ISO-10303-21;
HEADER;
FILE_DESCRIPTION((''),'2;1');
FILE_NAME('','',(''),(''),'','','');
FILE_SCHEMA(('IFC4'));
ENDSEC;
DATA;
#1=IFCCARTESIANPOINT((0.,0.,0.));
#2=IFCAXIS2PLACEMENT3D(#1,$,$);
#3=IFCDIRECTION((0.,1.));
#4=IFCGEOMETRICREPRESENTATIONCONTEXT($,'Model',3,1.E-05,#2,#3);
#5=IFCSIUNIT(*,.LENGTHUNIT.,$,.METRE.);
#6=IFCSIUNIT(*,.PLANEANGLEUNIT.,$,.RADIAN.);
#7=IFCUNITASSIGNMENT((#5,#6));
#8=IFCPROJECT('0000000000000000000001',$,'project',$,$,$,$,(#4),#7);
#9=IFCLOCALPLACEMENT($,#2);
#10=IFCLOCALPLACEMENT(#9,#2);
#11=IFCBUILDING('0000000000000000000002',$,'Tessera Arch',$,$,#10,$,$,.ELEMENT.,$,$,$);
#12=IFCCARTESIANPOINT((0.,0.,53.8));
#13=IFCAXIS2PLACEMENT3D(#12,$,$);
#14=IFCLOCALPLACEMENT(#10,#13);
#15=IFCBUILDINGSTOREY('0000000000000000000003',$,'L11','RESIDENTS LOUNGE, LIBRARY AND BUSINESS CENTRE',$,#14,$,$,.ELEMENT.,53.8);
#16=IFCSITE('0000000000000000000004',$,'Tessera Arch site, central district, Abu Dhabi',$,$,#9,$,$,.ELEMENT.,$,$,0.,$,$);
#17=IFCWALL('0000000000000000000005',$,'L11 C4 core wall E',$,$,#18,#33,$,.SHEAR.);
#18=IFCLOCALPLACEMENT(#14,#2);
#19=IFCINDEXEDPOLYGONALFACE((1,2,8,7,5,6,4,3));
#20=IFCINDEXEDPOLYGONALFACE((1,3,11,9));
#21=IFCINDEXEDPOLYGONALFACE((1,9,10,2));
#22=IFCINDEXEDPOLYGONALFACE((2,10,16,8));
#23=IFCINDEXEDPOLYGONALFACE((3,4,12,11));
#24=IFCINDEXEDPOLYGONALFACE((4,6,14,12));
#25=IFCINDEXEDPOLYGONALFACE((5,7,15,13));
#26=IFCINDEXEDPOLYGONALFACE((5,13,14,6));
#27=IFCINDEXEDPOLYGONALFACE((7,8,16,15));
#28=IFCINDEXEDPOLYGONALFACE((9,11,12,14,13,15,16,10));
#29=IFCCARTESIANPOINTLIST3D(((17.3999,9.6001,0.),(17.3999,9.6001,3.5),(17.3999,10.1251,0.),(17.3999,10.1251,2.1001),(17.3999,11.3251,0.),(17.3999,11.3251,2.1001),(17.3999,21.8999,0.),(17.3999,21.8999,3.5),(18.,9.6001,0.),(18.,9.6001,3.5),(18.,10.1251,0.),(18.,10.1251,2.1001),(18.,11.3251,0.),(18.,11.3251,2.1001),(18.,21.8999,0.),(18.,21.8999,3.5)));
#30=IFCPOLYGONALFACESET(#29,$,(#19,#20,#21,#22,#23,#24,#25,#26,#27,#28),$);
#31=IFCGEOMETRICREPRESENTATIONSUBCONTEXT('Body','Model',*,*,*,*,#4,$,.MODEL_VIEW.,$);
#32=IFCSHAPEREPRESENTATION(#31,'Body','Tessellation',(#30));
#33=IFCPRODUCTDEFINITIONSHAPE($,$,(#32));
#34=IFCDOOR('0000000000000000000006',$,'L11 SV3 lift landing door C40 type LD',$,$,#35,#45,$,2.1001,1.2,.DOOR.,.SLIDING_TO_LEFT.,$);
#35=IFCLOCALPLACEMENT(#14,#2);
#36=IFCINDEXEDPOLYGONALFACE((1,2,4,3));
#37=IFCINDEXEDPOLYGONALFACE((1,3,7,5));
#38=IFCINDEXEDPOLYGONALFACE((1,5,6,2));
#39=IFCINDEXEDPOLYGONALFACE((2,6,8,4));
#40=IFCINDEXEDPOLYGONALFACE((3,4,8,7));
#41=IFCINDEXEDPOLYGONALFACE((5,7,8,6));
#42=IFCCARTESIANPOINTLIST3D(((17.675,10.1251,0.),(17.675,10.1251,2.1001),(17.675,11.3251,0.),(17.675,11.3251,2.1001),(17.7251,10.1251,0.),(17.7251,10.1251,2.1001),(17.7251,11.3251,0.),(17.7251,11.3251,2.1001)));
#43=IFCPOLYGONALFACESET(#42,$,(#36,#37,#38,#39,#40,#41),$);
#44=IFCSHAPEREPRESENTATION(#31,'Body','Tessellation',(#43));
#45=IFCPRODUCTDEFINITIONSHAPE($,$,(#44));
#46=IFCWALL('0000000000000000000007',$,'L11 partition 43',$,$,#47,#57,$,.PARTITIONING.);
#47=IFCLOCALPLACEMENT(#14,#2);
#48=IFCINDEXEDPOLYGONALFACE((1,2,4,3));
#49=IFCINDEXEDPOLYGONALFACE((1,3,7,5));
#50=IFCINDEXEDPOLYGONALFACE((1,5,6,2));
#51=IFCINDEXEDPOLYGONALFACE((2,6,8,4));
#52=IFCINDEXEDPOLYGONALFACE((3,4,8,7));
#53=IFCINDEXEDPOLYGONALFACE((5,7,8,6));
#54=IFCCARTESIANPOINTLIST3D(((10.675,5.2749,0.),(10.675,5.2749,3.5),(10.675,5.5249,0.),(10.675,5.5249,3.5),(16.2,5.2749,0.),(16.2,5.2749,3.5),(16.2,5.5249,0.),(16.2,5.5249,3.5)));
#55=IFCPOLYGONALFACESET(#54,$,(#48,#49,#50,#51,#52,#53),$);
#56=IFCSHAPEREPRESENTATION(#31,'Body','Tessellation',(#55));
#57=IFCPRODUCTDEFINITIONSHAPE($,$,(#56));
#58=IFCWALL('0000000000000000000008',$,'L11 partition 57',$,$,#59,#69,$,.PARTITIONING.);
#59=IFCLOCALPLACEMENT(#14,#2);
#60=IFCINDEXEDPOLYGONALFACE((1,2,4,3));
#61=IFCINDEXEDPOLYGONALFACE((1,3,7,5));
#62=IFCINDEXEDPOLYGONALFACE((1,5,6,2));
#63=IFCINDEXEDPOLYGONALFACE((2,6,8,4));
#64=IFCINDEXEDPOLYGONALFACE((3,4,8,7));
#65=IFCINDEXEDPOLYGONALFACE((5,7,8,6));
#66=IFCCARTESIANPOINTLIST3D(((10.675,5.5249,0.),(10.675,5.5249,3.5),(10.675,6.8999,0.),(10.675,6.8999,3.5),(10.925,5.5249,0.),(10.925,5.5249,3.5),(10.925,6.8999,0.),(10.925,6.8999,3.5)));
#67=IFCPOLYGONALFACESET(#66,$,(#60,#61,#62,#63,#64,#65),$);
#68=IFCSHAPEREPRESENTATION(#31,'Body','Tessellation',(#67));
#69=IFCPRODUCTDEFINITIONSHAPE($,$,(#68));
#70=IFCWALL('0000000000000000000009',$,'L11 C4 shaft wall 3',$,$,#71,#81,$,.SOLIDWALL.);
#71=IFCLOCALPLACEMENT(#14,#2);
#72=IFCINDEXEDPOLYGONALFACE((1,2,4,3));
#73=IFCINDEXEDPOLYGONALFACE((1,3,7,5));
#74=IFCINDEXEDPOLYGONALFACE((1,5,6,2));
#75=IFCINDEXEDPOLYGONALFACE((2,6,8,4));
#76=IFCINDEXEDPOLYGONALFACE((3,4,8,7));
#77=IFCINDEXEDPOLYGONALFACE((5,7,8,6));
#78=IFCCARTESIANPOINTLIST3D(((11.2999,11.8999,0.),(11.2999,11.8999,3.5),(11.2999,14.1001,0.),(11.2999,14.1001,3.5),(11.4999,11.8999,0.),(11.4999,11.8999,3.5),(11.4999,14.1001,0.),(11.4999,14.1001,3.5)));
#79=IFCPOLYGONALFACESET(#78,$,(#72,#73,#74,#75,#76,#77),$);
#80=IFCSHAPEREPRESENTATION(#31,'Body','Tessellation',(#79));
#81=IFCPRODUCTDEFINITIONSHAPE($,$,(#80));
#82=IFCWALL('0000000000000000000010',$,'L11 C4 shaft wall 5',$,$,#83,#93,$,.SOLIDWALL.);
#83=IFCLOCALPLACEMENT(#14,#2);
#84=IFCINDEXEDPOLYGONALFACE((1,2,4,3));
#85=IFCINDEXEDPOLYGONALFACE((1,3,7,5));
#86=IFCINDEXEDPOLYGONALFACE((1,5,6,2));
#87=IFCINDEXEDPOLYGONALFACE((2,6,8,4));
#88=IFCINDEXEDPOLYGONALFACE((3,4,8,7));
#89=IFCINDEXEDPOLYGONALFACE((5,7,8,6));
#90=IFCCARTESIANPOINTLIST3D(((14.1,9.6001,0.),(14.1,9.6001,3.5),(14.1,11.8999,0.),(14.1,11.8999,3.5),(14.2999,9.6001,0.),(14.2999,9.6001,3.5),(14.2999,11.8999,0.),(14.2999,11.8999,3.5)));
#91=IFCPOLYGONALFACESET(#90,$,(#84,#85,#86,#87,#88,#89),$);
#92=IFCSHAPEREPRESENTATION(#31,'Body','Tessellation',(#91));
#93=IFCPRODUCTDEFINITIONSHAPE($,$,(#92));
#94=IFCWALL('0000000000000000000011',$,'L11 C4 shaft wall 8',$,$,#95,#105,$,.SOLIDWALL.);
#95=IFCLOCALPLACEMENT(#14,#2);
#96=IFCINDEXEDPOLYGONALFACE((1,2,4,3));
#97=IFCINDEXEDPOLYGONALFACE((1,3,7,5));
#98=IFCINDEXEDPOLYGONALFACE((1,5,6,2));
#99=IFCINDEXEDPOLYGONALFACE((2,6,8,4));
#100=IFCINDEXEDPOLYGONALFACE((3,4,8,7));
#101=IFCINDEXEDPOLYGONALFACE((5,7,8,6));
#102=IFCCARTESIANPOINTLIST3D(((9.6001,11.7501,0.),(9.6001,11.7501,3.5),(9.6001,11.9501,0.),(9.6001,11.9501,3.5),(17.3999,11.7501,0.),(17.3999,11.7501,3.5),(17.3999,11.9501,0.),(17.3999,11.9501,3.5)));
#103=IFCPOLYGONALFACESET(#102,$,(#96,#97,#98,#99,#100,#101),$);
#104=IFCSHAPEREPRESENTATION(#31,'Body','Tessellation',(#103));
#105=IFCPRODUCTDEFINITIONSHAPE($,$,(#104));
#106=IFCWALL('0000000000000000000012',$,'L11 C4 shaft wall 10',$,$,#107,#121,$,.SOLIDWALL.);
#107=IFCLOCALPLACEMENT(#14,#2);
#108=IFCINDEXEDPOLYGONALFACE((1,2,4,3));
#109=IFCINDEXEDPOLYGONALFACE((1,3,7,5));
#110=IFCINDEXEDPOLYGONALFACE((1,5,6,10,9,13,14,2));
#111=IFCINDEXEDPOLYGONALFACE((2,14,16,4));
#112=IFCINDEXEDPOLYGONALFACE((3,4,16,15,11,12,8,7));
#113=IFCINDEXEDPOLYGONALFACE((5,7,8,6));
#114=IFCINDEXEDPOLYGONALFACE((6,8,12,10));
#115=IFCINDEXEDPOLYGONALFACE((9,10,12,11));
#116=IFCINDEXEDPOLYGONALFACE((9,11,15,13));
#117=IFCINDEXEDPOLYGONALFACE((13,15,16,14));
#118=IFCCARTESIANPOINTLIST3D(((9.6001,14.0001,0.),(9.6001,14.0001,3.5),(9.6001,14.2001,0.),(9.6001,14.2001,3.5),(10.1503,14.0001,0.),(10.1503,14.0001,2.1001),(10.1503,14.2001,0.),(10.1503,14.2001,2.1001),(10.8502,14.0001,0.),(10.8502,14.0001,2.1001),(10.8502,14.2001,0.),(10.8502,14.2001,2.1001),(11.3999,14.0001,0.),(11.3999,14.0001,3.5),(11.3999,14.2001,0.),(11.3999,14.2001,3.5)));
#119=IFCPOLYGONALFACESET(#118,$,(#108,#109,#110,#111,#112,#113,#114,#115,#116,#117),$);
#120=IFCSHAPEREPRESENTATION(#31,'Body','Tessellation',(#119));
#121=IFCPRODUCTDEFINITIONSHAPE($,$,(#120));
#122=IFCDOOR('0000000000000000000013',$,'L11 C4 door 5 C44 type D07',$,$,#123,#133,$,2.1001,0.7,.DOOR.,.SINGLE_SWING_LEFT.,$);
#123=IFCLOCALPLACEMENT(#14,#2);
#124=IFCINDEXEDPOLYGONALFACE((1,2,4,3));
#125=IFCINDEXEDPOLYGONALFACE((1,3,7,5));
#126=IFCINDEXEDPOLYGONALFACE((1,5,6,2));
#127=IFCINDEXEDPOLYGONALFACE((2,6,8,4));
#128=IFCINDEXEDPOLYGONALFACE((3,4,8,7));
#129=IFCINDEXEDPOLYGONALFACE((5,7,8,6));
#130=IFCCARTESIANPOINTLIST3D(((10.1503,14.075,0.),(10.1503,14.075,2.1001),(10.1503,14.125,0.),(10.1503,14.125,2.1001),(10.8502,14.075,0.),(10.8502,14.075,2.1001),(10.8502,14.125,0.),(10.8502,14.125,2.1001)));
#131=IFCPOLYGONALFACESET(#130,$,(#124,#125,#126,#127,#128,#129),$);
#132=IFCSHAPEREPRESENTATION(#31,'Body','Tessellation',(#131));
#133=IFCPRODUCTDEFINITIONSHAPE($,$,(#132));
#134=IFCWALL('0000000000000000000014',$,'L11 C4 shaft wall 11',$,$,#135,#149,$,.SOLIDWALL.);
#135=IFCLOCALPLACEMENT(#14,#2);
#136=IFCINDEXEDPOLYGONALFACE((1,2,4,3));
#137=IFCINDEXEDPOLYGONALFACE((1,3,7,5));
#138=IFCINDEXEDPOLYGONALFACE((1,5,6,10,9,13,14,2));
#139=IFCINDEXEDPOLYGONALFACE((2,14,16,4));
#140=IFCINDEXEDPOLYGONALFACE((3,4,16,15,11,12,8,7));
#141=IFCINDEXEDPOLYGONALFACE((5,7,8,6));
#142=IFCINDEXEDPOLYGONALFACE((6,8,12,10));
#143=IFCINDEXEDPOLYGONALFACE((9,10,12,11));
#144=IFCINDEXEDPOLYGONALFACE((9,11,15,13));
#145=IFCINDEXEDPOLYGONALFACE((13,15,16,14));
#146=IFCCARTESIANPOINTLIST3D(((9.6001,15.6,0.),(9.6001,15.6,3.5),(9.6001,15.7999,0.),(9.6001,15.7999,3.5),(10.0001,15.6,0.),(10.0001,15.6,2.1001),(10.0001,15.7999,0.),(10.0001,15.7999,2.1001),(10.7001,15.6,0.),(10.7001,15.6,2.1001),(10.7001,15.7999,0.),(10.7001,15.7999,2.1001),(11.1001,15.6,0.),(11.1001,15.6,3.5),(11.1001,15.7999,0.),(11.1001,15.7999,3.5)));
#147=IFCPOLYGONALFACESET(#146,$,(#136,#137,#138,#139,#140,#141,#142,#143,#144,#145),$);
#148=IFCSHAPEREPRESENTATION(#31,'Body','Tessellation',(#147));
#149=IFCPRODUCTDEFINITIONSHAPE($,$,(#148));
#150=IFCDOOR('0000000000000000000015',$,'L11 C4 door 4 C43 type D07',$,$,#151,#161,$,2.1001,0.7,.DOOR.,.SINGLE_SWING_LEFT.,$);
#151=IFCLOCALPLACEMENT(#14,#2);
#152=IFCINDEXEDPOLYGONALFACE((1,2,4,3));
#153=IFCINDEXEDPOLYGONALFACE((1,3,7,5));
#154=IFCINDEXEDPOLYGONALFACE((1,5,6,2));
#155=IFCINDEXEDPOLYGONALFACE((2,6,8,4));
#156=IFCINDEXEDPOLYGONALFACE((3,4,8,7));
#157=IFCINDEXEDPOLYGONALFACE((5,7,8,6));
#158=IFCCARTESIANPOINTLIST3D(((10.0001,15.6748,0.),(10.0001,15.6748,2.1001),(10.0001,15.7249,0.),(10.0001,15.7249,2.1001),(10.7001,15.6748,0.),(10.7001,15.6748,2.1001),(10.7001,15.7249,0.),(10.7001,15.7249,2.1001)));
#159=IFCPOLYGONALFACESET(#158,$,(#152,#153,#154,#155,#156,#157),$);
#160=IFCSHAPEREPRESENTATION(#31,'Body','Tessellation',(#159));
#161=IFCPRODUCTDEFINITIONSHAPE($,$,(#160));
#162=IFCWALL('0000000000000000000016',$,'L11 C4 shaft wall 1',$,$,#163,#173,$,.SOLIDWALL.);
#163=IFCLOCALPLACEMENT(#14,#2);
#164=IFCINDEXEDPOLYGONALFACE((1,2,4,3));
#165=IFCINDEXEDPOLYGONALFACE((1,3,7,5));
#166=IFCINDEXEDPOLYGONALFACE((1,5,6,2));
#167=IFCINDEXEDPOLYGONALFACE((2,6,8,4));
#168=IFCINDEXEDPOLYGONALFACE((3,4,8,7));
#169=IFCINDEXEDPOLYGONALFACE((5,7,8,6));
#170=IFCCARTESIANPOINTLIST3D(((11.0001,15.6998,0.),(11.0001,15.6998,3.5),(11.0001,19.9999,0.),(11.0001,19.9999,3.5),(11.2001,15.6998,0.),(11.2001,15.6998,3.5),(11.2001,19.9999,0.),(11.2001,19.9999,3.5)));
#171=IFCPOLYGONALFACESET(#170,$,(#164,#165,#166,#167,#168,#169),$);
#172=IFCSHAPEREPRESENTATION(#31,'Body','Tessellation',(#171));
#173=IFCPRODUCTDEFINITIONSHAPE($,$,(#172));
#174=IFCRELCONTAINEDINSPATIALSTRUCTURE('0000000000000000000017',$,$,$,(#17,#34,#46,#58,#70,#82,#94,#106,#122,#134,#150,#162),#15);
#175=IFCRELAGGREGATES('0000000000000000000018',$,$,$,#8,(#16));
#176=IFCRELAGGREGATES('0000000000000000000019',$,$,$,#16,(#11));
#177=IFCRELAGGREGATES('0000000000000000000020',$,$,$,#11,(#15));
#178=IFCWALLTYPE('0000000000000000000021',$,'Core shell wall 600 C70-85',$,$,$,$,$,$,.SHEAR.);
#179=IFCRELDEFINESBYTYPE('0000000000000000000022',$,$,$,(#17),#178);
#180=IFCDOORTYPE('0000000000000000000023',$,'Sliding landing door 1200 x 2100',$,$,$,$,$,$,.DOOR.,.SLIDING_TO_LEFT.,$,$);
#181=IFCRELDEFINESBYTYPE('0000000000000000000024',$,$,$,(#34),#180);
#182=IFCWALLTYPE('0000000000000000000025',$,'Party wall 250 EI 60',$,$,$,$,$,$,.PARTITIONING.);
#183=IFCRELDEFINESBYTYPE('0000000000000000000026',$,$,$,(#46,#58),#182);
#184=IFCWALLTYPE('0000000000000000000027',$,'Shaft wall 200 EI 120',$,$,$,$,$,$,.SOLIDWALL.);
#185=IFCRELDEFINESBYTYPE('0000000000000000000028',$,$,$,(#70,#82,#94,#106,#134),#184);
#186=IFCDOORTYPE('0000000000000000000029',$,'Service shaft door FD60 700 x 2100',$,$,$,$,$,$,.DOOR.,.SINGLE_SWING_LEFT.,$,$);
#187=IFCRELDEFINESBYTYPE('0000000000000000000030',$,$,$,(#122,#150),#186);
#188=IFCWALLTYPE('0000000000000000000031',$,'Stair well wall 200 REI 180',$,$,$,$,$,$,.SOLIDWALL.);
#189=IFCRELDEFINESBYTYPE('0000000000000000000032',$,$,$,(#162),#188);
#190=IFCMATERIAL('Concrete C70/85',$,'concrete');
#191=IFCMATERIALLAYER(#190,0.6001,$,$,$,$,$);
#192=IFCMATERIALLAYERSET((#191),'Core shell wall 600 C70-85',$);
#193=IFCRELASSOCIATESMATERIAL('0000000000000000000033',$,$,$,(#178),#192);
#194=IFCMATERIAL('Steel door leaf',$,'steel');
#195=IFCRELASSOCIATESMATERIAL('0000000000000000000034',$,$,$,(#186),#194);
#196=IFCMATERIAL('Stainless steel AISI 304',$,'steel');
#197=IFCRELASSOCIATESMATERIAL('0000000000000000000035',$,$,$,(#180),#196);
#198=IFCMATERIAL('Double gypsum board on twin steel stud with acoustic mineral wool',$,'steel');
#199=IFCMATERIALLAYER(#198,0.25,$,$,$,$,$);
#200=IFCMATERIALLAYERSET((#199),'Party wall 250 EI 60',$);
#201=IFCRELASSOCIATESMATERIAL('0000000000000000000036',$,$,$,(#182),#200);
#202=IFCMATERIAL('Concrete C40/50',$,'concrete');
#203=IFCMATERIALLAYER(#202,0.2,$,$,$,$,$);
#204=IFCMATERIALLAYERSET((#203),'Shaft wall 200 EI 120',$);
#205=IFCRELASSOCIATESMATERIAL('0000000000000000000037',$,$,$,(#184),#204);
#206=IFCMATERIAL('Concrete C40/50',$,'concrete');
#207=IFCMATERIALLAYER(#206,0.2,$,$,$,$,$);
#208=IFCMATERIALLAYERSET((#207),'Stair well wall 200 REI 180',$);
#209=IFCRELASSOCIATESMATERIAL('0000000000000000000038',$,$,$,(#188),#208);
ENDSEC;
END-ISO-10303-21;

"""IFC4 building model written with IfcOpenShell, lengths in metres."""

from ifc_helpers import new_model, si_unit, direction, frame, frame_2d, origin, place, context, subcontext, project, spatial, rectangle, extrude, material, layer, layer_set, type_object, element, fill, save


model = new_model("IFC4")

# Units and contexts
model_context = context("Model", 3, precision=1e-05, world=origin(), true_north=direction((0.0, 1.0)))
body_context = subcontext(model_context, "Body", "Model", "MODEL_VIEW")
ifc_project = project(units=[si_unit("LENGTHUNIT", "METRE"), si_unit("PLANEANGLEUNIT", "RADIAN")], contexts=[model_context])

# Site, building, storey
site_placement = place(None, origin())
site = spatial("IfcSite", under=ifc_project, at=site_placement, Name="Tessera Arch site, central district, Abu Dhabi", CompositionType="ELEMENT", RefElevation=0.0)
building_placement = place(site_placement, origin())
building = spatial("IfcBuilding", under=site, at=building_placement, Name="Tessera Arch", CompositionType="ELEMENT")
storey_placement = place(building_placement, frame((0.0, 0.0, 53.8)))
storey = spatial("IfcBuildingStorey", under=building, at=storey_placement, Name="L11", Description="RESIDENTS LOUNGE, LIBRARY AND BUSINESS CENTRE", CompositionType="ELEMENT", Elevation=53.8)

# Shared definitions
ifc_material_1 = material(Name="Concrete C70/85", Category="concrete")
ifc_layer_1 = layer(ifc_material_1, 0.6001)
ifc_layer_set_1 = layer_set([ifc_layer_1], Name="Core shell wall 600 C70-85")
wall_type_1 = type_object("IfcWallType", Name="Core shell wall 600 C70-85", PredefinedType="SHEAR", material=ifc_layer_set_1)

# Shared definitions
ifc_material_2 = material(Name="Steel door leaf", Category="steel")
door_type_1 = type_object("IfcDoorType", Name="Service shaft door FD60 700 x 2100", OperationType="SINGLE_SWING_LEFT", PredefinedType="DOOR", material=ifc_material_2)

# Wall, opening, door
wall_1_placement = place(storey_placement, frame((17.7, 9.6001, 0.0), z_axis=(0.0, 0.0, 1.0), x_axis=(0.0, 1.0, 0.0)))
wall_1 = element("IfcWall", 1, at=wall_1_placement, inside=storey, type_object=wall_type_1, Name="L11 C4 core wall E", PredefinedType="SHEAR", context=body_context, shape_type="SweptSolid", body=[
    extrude(rectangle(XDim=12.2998, YDim=0.6001, at=frame_2d((6.1499, 0.0))), origin(), (0.0, 0.0, 1.0), 3.5),
])
opening_1_placement = place(wall_1_placement, frame((0.5249, 0.0, 0.0)))
opening_1 = element("IfcOpeningElement", 2, at=opening_1_placement, cuts=wall_1, PredefinedType="OPENING", context=body_context, shape_type="SweptSolid", body=[
    extrude(rectangle(XDim=1.2, YDim=2.1001, at=frame_2d((0.6001, 1.05))), frame((0.0, 0.3101, 0.0), z_axis=(0.0, -1.0, 0.0), x_axis=(1.0, 0.0, 0.0)), (0.0, 0.0, 1.0), 0.6201),
])
ifc_material_3 = material(Name="Stainless steel AISI 304", Category="steel")
door_type_2 = type_object("IfcDoorType", Name="Sliding landing door 1200 x 2100", OperationType="SLIDING_TO_LEFT", PredefinedType="DOOR", material=ifc_material_3)
door_1_placement = place(opening_1_placement, origin())
door_1 = element("IfcDoor", 3, at=door_1_placement, inside=storey, type_object=door_type_2, Name="L11 SV3 lift landing door C40 type LD", OperationType="SLIDING_TO_LEFT", OverallHeight=2.1001, OverallWidth=1.2, PredefinedType="DOOR", context=body_context, shape_type="SweptSolid", body=[
    extrude(rectangle(XDim=1.2, YDim=2.1001, at=frame_2d((0.6001, 1.05))), frame((0.0, 0.0249, 0.0), z_axis=(0.0, -1.0, 0.0), x_axis=(1.0, 0.0, 0.0)), (0.0, 0.0, 1.0), 0.05),
])
fill(opening_1, door_1)

# Walls
ifc_material_4 = material(Name="Double gypsum board on twin steel stud with acoustic mineral wool", Category="steel")
ifc_layer_2 = layer(ifc_material_4, 0.25)
ifc_layer_set_2 = layer_set([ifc_layer_2], Name="Party wall 250 EI 60")
wall_type_2 = type_object("IfcWallType", Name="Party wall 250 EI 60", PredefinedType="PARTITIONING", material=ifc_layer_set_2)
wall_2_placement = place(storey_placement, frame((10.675, 5.3999, 0.0), z_axis=(0.0, 0.0, 1.0), x_axis=(1.0, 0.0, 0.0)))
element("IfcWall", 4, at=wall_2_placement, inside=storey, type_object=wall_type_2, Name="L11 partition 43", PredefinedType="PARTITIONING", context=body_context, shape_type="SweptSolid", body=[
    extrude(rectangle(XDim=5.5249, YDim=0.25, at=frame_2d((2.7625, 0.0))), origin(), (0.0, 0.0, 1.0), 3.5),
])
wall_3_placement = place(storey_placement, frame((10.8, 5.5249, 0.0), z_axis=(0.0, 0.0, 1.0), x_axis=(0.0, 1.0, 0.0)))
element("IfcWall", 5, at=wall_3_placement, inside=storey, type_object=wall_type_2, Name="L11 partition 57", PredefinedType="PARTITIONING", context=body_context, shape_type="SweptSolid", body=[
    extrude(rectangle(XDim=1.375, YDim=0.25, at=frame_2d((0.6875, 0.0))), origin(), (0.0, 0.0, 1.0), 3.5),
])
ifc_material_5 = material(Name="Concrete C40/50", Category="concrete")
ifc_layer_3 = layer(ifc_material_5, 0.2)
ifc_layer_set_3 = layer_set([ifc_layer_3], Name="Shaft wall 200 EI 120")
wall_type_3 = type_object("IfcWallType", Name="Shaft wall 200 EI 120", PredefinedType="SOLIDWALL", material=ifc_layer_set_3)
wall_4_placement = place(storey_placement, frame((11.3999, 11.8999, 0.0), z_axis=(0.0, 0.0, 1.0), x_axis=(0.0, 1.0, 0.0)))
element("IfcWall", 6, at=wall_4_placement, inside=storey, type_object=wall_type_3, Name="L11 C4 shaft wall 3", PredefinedType="SOLIDWALL", context=body_context, shape_type="SweptSolid", body=[
    extrude(rectangle(XDim=2.2002, YDim=0.2, at=frame_2d((1.1001, 0.0))), origin(), (0.0, 0.0, 1.0), 3.5),
])
wall_5_placement = place(storey_placement, frame((14.2, 9.6001, 0.0), z_axis=(0.0, 0.0, 1.0), x_axis=(0.0, 1.0, 0.0)))
element("IfcWall", 7, at=wall_5_placement, inside=storey, type_object=wall_type_3, Name="L11 C4 shaft wall 5", PredefinedType="SOLIDWALL", context=body_context, shape_type="SweptSolid", body=[
    extrude(rectangle(XDim=2.2998, YDim=0.2, at=frame_2d((1.1499, 0.0))), origin(), (0.0, 0.0, 1.0), 3.5),
])
wall_6_placement = place(storey_placement, frame((9.6001, 11.8501, 0.0), z_axis=(0.0, 0.0, 1.0), x_axis=(1.0, 0.0, 0.0)))
element("IfcWall", 8, at=wall_6_placement, inside=storey, type_object=wall_type_3, Name="L11 C4 shaft wall 8", PredefinedType="SOLIDWALL", context=body_context, shape_type="SweptSolid", body=[
    extrude(rectangle(XDim=7.7998, YDim=0.2, at=frame_2d((3.8999, 0.0))), origin(), (0.0, 0.0, 1.0), 3.5),
])

# Walls, openings, doors
wall_7_placement = place(storey_placement, frame((9.6001, 14.1001, 0.0), z_axis=(0.0, 0.0, 1.0), x_axis=(1.0, 0.0, 0.0)))
wall_7 = element("IfcWall", 9, at=wall_7_placement, inside=storey, type_object=wall_type_3, Name="L11 C4 shaft wall 10", PredefinedType="SOLIDWALL", context=body_context, shape_type="SweptSolid", body=[
    extrude(rectangle(XDim=1.7998, YDim=0.2, at=frame_2d((0.8999, 0.0))), origin(), (0.0, 0.0, 1.0), 3.5),
])
opening_2_placement = place(wall_7_placement, frame((0.55, 0.0, 0.0)))
opening_2 = element("IfcOpeningElement", 10, at=opening_2_placement, cuts=wall_7, PredefinedType="OPENING", context=body_context, shape_type="SweptSolid", body=[
    extrude(rectangle(XDim=0.7, YDim=2.1001, at=frame_2d((0.3501, 1.05))), frame((0.0, 0.1099, 0.0), z_axis=(0.0, -1.0, 0.0), x_axis=(1.0, 0.0, 0.0)), (0.0, 0.0, 1.0), 0.22),
])
door_2_placement = place(opening_2_placement, origin())
door_2 = element("IfcDoor", 11, at=door_2_placement, inside=storey, type_object=door_type_1, Name="L11 C4 door 5 C44 type D07", OperationType="SINGLE_SWING_LEFT", OverallHeight=2.1001, OverallWidth=0.7, PredefinedType="DOOR", context=body_context, shape_type="SweptSolid", body=[
    extrude(rectangle(XDim=0.7, YDim=2.1001, at=frame_2d((0.3501, 1.05))), frame((0.0, 0.0249, 0.0), z_axis=(0.0, -1.0, 0.0), x_axis=(1.0, 0.0, 0.0)), (0.0, 0.0, 1.0), 0.05),
])
fill(opening_2, door_2)
wall_8_placement = place(storey_placement, frame((9.6001, 15.7, 0.0), z_axis=(0.0, 0.0, 1.0), x_axis=(1.0, 0.0, 0.0)))
wall_8 = element("IfcWall", 12, at=wall_8_placement, inside=storey, type_object=wall_type_3, Name="L11 C4 shaft wall 11", PredefinedType="SOLIDWALL", context=body_context, shape_type="SweptSolid", body=[
    extrude(rectangle(XDim=1.5, YDim=0.2, at=frame_2d((0.75, 0.0))), origin(), (0.0, 0.0, 1.0), 3.5),
])
opening_3_placement = place(wall_8_placement, frame((0.3999, 0.0, 0.0)))
opening_3 = element("IfcOpeningElement", 13, at=opening_3_placement, cuts=wall_8, PredefinedType="OPENING", context=body_context, shape_type="SweptSolid", body=[
    extrude(rectangle(XDim=0.7, YDim=2.1001, at=frame_2d((0.3501, 1.05))), frame((0.0, 0.1099, 0.0), z_axis=(0.0, -1.0, 0.0), x_axis=(1.0, 0.0, 0.0)), (0.0, 0.0, 1.0), 0.22),
])
door_3_placement = place(opening_3_placement, origin())
door_3 = element("IfcDoor", 14, at=door_3_placement, inside=storey, type_object=door_type_1, Name="L11 C4 door 4 C43 type D07", OperationType="SINGLE_SWING_LEFT", OverallHeight=2.1001, OverallWidth=0.7, PredefinedType="DOOR", context=body_context, shape_type="SweptSolid", body=[
    extrude(rectangle(XDim=0.7, YDim=2.1001, at=frame_2d((0.3501, 1.05))), frame((0.0, 0.0249, 0.0), z_axis=(0.0, -1.0, 0.0), x_axis=(1.0, 0.0, 0.0)), (0.0, 0.0, 1.0), 0.05),
])
fill(opening_3, door_3)

# Wall
ifc_material_6 = material(Name="Concrete C40/50", Category="concrete")
ifc_layer_4 = layer(ifc_material_6, 0.2)
ifc_layer_set_4 = layer_set([ifc_layer_4], Name="Stair well wall 200 REI 180")
wall_type_4 = type_object("IfcWallType", Name="Stair well wall 200 REI 180", PredefinedType="SOLIDWALL", material=ifc_layer_set_4)
wall_9_placement = place(storey_placement, frame((11.1001, 15.7, 0.0), z_axis=(0.0, 0.0, 1.0), x_axis=(0.0, 1.0, 0.0)))
element("IfcWall", 15, at=wall_9_placement, inside=storey, type_object=wall_type_4, Name="L11 C4 shaft wall 1", PredefinedType="SOLIDWALL", context=body_context, shape_type="SweptSolid", body=[
    extrude(rectangle(XDim=4.3, YDim=0.2, at=frame_2d((2.1499, 0.0))), origin(), (0.0, 0.0, 1.0), 3.5),
])

save(model, "model.ifc")
